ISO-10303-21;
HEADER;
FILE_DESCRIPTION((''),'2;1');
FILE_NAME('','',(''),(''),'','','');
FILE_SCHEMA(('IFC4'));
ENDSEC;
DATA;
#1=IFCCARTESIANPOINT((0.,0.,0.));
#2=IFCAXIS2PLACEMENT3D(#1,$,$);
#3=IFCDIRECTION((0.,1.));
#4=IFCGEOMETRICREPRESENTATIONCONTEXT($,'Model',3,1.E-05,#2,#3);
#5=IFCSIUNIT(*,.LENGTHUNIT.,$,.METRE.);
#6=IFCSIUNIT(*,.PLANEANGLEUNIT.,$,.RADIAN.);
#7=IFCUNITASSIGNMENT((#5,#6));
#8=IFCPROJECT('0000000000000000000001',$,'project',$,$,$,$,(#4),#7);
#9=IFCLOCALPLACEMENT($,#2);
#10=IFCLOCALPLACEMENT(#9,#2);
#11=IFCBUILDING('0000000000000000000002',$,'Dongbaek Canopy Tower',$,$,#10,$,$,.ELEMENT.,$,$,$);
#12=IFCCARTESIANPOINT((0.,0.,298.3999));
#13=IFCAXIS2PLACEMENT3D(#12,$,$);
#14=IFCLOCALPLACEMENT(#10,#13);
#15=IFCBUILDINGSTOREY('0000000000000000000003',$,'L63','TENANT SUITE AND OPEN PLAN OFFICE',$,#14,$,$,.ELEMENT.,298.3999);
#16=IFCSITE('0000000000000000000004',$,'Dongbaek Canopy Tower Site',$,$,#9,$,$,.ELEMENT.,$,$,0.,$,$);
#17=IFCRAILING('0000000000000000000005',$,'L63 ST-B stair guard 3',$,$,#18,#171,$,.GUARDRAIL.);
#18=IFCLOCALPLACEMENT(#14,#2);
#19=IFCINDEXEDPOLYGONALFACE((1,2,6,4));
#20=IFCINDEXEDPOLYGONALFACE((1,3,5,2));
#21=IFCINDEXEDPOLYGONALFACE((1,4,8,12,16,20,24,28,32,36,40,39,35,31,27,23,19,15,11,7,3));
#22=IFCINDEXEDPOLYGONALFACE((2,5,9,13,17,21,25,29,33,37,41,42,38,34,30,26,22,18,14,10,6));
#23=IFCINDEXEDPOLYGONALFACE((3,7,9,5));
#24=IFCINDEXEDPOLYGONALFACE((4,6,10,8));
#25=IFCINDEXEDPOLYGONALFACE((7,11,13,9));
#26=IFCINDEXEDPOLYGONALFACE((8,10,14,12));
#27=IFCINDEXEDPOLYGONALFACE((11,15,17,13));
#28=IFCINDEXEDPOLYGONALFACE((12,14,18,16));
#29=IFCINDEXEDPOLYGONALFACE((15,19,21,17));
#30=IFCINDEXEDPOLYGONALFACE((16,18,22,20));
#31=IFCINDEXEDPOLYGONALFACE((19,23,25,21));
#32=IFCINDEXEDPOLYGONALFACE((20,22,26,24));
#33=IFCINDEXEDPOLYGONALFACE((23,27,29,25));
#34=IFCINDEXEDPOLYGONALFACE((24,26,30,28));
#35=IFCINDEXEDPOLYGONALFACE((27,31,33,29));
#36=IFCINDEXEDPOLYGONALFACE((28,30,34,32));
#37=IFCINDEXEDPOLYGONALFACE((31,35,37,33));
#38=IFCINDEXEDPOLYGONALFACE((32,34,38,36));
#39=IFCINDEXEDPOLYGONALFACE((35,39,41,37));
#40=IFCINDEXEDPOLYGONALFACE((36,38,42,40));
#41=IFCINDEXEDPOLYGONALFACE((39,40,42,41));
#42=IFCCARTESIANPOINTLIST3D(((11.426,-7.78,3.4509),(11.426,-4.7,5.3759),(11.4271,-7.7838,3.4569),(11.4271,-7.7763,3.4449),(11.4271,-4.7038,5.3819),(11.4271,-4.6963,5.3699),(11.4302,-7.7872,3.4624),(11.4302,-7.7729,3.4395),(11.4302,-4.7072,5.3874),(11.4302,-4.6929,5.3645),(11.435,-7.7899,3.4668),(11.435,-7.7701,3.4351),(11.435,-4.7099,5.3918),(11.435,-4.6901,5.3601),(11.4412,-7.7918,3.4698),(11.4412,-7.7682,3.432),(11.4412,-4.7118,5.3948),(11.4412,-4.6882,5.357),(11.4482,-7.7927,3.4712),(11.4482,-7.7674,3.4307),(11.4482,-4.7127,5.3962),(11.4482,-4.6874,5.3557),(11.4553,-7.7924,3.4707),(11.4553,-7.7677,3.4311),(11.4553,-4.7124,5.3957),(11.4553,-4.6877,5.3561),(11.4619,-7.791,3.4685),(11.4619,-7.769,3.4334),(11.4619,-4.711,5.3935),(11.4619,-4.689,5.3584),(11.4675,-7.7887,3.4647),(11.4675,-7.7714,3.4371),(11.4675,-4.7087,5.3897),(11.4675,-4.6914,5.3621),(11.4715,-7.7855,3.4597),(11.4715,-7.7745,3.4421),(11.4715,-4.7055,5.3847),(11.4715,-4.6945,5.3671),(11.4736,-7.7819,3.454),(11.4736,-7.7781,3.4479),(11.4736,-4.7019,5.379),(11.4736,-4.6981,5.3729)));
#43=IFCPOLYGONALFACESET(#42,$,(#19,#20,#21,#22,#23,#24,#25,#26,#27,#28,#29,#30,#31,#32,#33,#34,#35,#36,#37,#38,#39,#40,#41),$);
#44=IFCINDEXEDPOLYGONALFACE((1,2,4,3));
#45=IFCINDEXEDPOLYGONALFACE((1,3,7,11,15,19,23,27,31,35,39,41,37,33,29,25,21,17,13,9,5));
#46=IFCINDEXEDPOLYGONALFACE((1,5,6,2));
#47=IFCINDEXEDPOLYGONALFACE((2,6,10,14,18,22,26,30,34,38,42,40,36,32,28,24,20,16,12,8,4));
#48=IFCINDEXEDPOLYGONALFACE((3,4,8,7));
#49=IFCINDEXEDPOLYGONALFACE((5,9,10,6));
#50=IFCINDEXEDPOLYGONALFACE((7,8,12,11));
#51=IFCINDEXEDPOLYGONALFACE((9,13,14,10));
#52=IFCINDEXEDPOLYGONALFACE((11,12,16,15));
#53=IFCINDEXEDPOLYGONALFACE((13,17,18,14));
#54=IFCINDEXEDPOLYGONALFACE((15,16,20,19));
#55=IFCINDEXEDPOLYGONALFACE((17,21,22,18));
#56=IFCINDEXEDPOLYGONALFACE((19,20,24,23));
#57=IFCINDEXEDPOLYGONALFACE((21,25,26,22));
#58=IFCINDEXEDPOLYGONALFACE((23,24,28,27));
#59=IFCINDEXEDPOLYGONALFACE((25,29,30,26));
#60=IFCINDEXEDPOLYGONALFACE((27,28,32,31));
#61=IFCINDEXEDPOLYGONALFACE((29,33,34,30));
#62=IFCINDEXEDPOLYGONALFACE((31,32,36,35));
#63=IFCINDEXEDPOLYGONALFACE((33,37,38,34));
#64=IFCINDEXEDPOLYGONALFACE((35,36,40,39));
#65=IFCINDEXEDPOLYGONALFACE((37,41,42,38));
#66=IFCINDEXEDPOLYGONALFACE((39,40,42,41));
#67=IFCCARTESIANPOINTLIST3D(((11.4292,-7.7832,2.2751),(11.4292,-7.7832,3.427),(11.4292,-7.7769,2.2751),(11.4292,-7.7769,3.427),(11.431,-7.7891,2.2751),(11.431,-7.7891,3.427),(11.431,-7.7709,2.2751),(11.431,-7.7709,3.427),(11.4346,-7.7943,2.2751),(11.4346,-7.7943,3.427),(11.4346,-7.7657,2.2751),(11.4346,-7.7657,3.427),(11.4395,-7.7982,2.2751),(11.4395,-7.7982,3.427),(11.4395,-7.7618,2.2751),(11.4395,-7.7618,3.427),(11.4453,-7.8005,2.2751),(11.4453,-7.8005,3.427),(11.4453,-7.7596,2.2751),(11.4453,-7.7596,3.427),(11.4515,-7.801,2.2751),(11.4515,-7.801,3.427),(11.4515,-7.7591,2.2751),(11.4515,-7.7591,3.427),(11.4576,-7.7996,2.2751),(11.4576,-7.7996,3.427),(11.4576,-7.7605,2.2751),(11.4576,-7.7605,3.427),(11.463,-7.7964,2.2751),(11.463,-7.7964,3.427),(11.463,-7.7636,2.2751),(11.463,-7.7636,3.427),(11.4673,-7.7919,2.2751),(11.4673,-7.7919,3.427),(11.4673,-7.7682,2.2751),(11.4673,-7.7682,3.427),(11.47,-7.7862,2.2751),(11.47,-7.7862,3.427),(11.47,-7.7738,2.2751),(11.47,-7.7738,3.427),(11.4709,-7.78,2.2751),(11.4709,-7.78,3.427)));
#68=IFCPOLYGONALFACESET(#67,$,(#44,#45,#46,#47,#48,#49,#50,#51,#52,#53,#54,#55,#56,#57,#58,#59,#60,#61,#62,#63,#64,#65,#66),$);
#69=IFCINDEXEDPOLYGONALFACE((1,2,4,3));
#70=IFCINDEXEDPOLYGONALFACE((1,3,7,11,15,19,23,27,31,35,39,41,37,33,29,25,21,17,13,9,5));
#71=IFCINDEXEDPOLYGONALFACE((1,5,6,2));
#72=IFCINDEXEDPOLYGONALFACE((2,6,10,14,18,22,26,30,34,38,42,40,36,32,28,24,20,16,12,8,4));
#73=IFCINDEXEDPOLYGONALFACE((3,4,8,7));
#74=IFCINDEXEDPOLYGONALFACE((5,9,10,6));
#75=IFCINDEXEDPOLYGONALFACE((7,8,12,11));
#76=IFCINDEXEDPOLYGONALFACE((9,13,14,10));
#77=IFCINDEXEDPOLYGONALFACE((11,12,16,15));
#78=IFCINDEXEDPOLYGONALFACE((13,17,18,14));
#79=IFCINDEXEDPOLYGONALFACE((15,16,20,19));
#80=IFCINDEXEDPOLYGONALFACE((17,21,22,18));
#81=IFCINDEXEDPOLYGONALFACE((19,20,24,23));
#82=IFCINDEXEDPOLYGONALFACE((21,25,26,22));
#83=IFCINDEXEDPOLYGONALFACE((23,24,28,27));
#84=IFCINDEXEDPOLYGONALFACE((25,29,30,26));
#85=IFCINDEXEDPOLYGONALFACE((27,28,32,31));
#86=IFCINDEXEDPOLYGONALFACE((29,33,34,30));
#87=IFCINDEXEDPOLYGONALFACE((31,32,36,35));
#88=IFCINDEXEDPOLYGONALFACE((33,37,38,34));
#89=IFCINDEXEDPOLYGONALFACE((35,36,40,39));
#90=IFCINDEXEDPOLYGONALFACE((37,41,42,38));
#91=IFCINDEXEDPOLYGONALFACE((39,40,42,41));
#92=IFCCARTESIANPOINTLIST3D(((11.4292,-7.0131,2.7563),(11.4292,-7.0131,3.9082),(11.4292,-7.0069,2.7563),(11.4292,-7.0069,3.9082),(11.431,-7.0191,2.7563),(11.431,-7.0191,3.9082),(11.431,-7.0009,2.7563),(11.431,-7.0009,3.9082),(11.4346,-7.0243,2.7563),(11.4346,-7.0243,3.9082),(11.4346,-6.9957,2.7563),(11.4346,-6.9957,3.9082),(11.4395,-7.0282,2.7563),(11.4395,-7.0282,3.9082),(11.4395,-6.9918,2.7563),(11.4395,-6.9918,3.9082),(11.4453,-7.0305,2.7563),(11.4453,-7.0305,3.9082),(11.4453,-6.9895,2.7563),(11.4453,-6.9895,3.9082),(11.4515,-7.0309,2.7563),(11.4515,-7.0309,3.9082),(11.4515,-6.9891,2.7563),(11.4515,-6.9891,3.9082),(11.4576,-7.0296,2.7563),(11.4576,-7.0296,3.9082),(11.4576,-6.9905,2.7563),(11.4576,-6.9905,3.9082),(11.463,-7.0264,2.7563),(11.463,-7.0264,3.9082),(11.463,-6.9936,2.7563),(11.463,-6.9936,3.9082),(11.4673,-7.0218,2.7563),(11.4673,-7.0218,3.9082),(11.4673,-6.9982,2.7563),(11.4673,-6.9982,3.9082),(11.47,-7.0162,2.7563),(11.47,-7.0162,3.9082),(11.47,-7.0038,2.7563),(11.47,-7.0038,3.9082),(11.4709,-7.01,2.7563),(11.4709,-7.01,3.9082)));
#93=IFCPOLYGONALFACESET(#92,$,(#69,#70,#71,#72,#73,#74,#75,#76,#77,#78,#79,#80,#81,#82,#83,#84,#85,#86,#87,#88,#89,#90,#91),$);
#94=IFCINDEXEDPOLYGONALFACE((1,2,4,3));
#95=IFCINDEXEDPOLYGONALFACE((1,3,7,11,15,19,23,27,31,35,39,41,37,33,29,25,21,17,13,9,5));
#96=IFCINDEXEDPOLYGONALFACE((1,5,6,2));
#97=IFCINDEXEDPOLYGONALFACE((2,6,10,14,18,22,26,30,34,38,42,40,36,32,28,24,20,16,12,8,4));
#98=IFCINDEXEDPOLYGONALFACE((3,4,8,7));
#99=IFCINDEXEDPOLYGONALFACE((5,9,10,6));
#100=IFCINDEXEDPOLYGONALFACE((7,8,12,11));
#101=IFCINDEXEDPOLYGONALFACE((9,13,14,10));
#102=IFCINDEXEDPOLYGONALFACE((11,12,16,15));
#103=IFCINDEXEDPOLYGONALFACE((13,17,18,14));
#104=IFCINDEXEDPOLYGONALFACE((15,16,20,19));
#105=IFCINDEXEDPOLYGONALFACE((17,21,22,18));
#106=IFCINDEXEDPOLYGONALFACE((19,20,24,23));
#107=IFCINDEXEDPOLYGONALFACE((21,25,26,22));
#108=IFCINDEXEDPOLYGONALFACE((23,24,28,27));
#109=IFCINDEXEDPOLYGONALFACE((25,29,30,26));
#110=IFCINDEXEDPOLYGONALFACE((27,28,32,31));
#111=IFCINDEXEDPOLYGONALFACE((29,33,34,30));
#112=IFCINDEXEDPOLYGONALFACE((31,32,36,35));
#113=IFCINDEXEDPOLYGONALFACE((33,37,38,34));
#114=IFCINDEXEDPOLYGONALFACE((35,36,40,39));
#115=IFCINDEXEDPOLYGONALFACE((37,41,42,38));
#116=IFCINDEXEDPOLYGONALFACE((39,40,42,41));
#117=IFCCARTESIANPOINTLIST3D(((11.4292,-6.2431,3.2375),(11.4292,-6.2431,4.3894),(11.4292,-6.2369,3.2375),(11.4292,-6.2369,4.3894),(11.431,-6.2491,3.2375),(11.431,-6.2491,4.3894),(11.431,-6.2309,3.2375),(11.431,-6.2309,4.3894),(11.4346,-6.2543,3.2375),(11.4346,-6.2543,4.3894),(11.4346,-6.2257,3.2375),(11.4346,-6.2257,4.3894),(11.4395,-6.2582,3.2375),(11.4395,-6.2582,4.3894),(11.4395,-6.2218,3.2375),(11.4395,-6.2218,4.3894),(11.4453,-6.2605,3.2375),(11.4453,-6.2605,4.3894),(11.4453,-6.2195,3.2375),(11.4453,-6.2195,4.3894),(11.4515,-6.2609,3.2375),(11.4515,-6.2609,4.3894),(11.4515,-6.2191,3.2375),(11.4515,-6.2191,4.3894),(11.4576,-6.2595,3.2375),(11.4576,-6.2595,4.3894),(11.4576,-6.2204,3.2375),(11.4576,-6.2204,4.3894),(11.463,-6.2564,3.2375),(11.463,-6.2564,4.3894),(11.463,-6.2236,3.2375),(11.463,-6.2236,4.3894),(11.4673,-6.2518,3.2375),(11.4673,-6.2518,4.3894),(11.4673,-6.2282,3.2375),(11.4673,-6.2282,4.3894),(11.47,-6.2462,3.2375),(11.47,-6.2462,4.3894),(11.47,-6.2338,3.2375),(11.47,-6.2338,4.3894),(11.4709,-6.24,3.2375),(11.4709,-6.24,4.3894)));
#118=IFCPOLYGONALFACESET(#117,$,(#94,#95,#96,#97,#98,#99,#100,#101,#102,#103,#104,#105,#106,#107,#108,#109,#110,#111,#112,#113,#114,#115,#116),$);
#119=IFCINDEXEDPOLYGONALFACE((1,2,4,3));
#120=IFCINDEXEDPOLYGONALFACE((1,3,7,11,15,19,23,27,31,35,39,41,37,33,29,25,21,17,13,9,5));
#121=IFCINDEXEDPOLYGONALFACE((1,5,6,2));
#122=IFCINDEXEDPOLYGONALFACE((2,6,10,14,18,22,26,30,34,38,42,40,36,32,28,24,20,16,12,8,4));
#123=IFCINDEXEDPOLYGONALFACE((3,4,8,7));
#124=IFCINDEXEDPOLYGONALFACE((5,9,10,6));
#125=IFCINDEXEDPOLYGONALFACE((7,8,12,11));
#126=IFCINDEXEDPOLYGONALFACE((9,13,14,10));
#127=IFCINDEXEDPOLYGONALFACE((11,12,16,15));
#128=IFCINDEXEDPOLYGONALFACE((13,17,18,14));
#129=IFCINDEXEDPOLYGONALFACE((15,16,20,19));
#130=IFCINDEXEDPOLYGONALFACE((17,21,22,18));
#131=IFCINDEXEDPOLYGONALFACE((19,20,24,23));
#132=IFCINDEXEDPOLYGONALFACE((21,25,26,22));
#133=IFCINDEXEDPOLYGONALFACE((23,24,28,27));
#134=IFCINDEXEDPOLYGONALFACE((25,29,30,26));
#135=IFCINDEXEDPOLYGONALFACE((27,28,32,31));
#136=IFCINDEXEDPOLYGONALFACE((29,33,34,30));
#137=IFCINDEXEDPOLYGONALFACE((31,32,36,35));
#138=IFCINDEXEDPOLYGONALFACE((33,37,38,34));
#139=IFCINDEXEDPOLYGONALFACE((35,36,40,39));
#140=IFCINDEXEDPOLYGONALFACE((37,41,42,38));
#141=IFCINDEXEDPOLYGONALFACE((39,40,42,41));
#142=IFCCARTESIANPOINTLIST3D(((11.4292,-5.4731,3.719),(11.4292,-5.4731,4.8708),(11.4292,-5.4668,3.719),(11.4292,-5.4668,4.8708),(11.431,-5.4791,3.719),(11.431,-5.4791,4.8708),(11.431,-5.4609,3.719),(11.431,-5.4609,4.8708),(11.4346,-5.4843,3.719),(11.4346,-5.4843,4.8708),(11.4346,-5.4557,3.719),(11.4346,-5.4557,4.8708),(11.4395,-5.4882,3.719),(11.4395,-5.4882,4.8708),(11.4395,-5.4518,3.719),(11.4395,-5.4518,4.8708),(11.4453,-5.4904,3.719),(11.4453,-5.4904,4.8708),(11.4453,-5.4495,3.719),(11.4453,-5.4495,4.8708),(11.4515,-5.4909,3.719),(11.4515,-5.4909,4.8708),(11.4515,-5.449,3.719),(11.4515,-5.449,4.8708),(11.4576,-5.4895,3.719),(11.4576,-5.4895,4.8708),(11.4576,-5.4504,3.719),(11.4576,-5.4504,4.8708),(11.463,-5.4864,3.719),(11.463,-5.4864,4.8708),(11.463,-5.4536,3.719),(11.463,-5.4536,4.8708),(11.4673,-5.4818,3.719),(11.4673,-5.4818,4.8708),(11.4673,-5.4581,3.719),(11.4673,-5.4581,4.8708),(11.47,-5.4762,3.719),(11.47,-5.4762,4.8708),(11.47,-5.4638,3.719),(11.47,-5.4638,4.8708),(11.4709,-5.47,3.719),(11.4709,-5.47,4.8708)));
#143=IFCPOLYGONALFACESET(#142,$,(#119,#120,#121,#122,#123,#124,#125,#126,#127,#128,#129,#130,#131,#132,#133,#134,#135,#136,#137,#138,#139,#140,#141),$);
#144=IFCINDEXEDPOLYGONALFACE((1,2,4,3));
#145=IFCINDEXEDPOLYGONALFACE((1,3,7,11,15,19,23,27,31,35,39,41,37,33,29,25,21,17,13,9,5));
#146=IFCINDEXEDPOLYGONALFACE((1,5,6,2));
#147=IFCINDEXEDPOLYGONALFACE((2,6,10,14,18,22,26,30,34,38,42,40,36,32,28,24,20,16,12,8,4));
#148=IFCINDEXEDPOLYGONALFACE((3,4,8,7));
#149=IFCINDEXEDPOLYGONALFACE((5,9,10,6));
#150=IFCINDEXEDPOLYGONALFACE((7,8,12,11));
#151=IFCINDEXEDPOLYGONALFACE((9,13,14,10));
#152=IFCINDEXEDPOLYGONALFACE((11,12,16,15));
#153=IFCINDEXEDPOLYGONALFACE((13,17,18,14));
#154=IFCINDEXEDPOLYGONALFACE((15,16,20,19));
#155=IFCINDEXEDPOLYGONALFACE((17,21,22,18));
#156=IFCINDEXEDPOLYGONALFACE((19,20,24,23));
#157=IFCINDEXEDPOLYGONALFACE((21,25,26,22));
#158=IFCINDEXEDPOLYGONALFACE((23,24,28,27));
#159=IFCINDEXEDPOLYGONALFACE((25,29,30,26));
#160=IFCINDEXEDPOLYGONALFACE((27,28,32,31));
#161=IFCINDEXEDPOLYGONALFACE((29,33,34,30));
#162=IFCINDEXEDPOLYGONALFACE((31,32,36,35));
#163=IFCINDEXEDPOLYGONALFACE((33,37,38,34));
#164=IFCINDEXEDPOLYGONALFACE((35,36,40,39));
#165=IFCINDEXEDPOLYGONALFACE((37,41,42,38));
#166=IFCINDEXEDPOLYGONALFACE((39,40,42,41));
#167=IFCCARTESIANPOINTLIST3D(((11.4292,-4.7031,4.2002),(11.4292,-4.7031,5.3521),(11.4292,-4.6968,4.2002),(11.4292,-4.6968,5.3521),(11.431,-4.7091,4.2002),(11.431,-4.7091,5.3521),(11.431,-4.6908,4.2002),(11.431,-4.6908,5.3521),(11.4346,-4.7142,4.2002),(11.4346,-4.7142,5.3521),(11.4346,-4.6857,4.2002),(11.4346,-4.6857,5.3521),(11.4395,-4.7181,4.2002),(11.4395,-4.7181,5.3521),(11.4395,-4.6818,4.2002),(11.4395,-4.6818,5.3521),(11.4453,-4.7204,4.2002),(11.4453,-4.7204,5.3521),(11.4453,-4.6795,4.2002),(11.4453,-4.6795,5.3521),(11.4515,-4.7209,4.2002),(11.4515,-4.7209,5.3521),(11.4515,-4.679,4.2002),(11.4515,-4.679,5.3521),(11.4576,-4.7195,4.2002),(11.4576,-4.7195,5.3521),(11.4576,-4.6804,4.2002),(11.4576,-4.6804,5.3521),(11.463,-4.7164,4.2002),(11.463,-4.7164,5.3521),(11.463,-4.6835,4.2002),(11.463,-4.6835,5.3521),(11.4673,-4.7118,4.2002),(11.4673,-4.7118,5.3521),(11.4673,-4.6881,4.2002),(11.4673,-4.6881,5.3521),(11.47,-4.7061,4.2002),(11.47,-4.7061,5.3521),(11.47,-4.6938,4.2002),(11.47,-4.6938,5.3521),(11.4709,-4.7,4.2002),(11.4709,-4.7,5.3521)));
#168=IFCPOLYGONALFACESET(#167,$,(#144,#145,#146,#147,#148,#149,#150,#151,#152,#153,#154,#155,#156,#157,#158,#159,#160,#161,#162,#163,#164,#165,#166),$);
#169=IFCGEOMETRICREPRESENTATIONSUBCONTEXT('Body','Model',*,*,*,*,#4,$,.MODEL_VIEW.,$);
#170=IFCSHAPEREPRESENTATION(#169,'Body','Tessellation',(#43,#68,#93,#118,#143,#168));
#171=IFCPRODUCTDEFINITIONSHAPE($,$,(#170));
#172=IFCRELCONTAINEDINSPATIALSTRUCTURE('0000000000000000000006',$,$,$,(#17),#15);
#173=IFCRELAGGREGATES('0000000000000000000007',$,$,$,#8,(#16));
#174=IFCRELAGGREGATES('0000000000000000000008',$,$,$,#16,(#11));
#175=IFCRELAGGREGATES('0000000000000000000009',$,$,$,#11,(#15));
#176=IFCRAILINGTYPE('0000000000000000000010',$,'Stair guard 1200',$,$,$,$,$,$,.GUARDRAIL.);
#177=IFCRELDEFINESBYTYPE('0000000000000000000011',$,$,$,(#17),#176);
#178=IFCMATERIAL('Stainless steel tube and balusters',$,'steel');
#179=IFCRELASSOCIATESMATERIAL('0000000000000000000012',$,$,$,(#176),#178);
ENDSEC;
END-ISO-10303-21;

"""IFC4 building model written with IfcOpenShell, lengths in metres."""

from ifc_helpers import new_model, si_unit, direction, frame, origin, origin_2d, place, context, subcontext, project, spatial, circle, extrude, material, type_object, element, save


model = new_model("IFC4")

# Units and contexts
model_context = context("Model", 3, precision=1e-05, world=origin(), true_north=direction((0.0, 1.0)))
body_context = subcontext(model_context, "Body", "Model", "MODEL_VIEW")
ifc_project = project(units=[si_unit("LENGTHUNIT", "METRE"), si_unit("PLANEANGLEUNIT", "RADIAN")], contexts=[model_context])

# Site, building, storey
site_placement = place(None, origin())
site = spatial("IfcSite", under=ifc_project, at=site_placement, Name="Dongbaek Canopy Tower Site", CompositionType="ELEMENT", RefElevation=0.0)
building_placement = place(site_placement, origin())
building = spatial("IfcBuilding", under=site, at=building_placement, Name="Dongbaek Canopy Tower", CompositionType="ELEMENT")
storey_placement = place(building_placement, frame((0.0, 0.0, 298.3999)))
storey = spatial("IfcBuildingStorey", under=building, at=storey_placement, Name="L63", Description="TENANT SUITE AND OPEN PLAN OFFICE", CompositionType="ELEMENT", Elevation=298.3999)

# Railing
ifc_material_1 = material(Name="Stainless steel tube and balusters", Category="steel")
railing_type_1 = type_object("IfcRailingType", Name="Stair guard 1200", PredefinedType="GUARDRAIL", material=ifc_material_1)
railing_1_placement = place(storey_placement, frame((11.45, -7.78, 2.2751)))
element("IfcRailing", 1, at=railing_1_placement, inside=storey, type_object=railing_type_1, Name="L63 ST-B stair guard 3", PredefinedType="GUARDRAIL", context=body_context, shape_type="SweptSolid", body=[
    extrude(circle(Radius=0.0239, at=origin_2d()), frame((0.0, 0.0, 1.1758), z_axis=(0.0, 0.847998, 0.529999), x_axis=(-1.0, 0.0, 0.0)), (0.0, 0.0, 1.0), 3.6321),
    extrude(circle(Radius=0.021, at=origin_2d()), origin(), (0.0, 0.0, 1.0), 1.1519),
    extrude(circle(Radius=0.021, at=origin_2d()), frame((0.0, 0.77, 0.4812)), (0.0, 0.0, 1.0), 1.1519),
    extrude(circle(Radius=0.021, at=origin_2d()), frame((0.0, 1.54, 0.9624)), (0.0, 0.0, 1.0), 1.1519),
    extrude(circle(Radius=0.021, at=origin_2d()), frame((0.0, 2.3101, 1.4438)), (0.0, 0.0, 1.0), 1.1519),
    extrude(circle(Radius=0.021, at=origin_2d()), frame((0.0, 3.0801, 1.925)), (0.0, 0.0, 1.0), 1.1519),
])

save(model, "model.ifc")
